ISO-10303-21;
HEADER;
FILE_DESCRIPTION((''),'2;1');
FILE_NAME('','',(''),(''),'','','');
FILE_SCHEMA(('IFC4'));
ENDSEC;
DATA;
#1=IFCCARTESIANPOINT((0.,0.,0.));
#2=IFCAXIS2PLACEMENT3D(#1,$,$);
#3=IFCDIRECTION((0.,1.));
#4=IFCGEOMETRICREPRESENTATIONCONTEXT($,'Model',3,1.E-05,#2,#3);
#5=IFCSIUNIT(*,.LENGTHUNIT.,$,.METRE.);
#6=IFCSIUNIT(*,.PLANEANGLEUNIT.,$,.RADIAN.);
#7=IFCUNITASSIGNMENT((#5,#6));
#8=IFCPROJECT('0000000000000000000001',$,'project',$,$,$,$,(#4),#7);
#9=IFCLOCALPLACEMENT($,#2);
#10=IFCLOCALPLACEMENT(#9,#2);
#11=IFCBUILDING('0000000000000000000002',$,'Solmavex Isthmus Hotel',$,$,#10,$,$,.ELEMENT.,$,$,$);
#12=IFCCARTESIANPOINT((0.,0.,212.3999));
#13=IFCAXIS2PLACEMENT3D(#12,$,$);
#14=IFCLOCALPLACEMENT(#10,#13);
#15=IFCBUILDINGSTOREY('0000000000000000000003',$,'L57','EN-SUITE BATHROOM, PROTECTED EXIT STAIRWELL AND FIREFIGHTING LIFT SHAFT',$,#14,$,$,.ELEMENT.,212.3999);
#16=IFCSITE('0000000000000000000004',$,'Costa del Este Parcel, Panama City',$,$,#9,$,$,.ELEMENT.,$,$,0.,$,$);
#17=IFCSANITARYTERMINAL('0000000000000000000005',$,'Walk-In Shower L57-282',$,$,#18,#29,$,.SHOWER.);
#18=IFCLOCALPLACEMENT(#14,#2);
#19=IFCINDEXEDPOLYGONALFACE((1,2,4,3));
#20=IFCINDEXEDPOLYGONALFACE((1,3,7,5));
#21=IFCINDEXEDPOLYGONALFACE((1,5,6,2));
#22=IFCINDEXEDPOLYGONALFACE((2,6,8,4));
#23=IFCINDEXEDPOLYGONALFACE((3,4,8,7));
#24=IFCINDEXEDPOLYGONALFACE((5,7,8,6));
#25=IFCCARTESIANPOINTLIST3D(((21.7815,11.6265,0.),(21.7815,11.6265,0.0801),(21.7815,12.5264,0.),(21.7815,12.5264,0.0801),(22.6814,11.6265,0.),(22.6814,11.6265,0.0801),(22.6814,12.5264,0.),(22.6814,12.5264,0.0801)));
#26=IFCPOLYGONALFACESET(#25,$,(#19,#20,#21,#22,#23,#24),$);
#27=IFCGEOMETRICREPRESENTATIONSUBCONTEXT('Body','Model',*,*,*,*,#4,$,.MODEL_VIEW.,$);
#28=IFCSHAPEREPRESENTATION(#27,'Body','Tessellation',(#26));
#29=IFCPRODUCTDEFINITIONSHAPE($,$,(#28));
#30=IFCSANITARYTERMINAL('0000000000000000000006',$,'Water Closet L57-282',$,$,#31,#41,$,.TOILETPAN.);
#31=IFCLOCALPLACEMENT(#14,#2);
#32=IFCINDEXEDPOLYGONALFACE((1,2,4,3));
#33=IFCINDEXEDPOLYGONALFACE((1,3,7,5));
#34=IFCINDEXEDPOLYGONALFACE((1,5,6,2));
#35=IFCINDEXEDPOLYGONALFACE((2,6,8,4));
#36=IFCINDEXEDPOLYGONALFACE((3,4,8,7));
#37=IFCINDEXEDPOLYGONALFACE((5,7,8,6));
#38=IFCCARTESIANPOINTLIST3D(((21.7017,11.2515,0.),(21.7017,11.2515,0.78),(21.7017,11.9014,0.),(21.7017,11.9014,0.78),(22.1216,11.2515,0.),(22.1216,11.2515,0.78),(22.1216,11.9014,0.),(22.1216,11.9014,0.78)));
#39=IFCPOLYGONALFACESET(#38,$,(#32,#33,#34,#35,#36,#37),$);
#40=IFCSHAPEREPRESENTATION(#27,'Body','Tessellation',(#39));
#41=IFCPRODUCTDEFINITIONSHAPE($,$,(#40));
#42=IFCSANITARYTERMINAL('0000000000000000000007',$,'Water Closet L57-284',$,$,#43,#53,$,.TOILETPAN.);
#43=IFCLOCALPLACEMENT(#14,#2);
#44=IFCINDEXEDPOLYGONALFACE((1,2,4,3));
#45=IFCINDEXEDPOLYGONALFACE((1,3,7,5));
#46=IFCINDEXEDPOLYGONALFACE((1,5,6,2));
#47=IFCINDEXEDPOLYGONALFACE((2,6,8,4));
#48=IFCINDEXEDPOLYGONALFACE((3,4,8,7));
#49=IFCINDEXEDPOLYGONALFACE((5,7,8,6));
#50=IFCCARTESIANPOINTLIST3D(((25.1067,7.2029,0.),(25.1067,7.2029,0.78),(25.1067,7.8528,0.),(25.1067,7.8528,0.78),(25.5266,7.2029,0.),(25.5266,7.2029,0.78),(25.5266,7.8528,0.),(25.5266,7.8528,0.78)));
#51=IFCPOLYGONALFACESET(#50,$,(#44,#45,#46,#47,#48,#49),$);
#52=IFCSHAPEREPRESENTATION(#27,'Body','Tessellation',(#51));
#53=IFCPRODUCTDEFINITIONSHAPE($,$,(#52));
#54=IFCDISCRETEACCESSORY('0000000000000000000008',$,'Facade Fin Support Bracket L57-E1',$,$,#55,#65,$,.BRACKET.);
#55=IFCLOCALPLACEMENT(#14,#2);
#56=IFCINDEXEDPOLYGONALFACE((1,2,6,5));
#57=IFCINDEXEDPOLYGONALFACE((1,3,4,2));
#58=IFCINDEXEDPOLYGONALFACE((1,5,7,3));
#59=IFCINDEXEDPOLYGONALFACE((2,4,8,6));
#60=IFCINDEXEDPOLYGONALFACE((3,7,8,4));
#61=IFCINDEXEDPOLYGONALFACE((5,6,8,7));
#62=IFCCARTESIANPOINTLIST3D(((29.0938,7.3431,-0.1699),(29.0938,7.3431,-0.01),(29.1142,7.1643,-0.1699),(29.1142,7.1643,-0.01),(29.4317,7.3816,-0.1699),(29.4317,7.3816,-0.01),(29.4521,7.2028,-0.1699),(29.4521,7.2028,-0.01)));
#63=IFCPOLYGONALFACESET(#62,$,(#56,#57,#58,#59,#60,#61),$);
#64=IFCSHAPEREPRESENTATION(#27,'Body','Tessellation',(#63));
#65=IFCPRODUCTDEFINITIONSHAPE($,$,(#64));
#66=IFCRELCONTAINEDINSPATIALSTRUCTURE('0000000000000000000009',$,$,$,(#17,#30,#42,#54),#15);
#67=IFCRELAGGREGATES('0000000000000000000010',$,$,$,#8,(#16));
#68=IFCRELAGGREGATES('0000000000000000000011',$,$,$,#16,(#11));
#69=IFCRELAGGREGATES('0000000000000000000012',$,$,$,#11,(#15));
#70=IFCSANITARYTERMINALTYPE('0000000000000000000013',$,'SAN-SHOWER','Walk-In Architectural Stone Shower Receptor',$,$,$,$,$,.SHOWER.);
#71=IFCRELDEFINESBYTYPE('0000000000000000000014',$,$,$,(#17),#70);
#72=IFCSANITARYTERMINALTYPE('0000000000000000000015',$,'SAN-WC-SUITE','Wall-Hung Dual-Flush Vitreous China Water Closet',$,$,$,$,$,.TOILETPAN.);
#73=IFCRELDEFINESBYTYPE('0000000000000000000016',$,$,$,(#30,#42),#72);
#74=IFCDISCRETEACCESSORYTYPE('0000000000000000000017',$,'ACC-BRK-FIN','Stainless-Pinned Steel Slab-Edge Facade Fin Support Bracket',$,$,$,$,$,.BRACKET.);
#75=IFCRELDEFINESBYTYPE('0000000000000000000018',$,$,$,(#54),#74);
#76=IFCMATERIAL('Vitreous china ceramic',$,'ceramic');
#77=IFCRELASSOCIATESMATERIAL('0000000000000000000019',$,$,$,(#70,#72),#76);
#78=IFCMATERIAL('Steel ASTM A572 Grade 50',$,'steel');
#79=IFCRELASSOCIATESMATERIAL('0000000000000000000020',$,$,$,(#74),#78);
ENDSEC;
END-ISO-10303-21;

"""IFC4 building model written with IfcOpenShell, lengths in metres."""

from ifc_helpers import new_model, si_unit, direction, frame, origin, origin_2d, place, context, subcontext, project, spatial, rectangle, extrude, material, type_object, element, save


model = new_model("IFC4")

# Units and contexts
model_context = context("Model", 3, precision=1e-05, world=origin(), true_north=direction((0.0, 1.0)))
body_context = subcontext(model_context, "Body", "Model", "MODEL_VIEW")
ifc_project = project(units=[si_unit("LENGTHUNIT", "METRE"), si_unit("PLANEANGLEUNIT", "RADIAN")], contexts=[model_context])

# Site, building, storey
site_placement = place(None, origin())
site = spatial("IfcSite", under=ifc_project, at=site_placement, Name="Costa del Este Parcel, Panama City", CompositionType="ELEMENT", RefElevation=0.0)
building_placement = place(site_placement, origin())
building = spatial("IfcBuilding", under=site, at=building_placement, Name="Solmavex Isthmus Hotel", CompositionType="ELEMENT")
storey_placement = place(building_placement, frame((0.0, 0.0, 212.3999)))
storey = spatial("IfcBuildingStorey", under=building, at=storey_placement, Name="L57", Description="EN-SUITE BATHROOM, PROTECTED EXIT STAIRWELL AND FIREFIGHTING LIFT SHAFT", CompositionType="ELEMENT", Elevation=212.3999)

# Sanitary terminals
ifc_material_1 = material(Name="Vitreous china ceramic", Category="ceramic")
sanitary_terminal_type_1 = type_object("IfcSanitaryTerminalType", Name="SAN-SHOWER", Description="Walk-In Architectural Stone Shower Receptor", PredefinedType="SHOWER", material=ifc_material_1)
sanitary_terminal_placement = place(storey_placement, frame((22.2314, 12.0764, 0.0), z_axis=(0.0, 0.0, 1.0), x_axis=(1.0, 0.0, 0.0)))
element("IfcSanitaryTerminal", 1, at=sanitary_terminal_placement, inside=storey, type_object=sanitary_terminal_type_1, Name="Walk-In Shower L57-282", PredefinedType="SHOWER", context=body_context, shape_type="SweptSolid", body=[
    extrude(rectangle(XDim=0.8999, YDim=0.8999, at=origin_2d()), origin(), (0.0, 0.0, 1.0), 0.0801),
])
sanitary_terminal_type_2 = type_object("IfcSanitaryTerminalType", Name="SAN-WC-SUITE", Description="Wall-Hung Dual-Flush Vitreous China Water Closet", PredefinedType="TOILETPAN", material=ifc_material_1)
for number, where, z_axis, x_axis, name in (
    (2, (21.9116, 11.5764, 0.0), (0.0, 0.0, 1.0), (1.0, 0.0, 0.0), "Water Closet L57-282"),
    (3, (25.3167, 7.5278, 0.0), (0.0, 0.0, 1.0), (1.0, 0.0, 0.0), "Water Closet L57-284"),
):
    element("IfcSanitaryTerminal", number, at=place(storey_placement, frame(where, z_axis=z_axis, x_axis=x_axis)), inside=storey, type_object=sanitary_terminal_type_2, Name=name, PredefinedType="TOILETPAN", context=body_context, shape_type="SweptSolid", body=[
        extrude(rectangle(XDim=0.4199, YDim=0.6499, at=origin_2d()), origin(), (0.0, 0.0, 1.0), 0.78),
    ])

# Discrete accessory
ifc_material_2 = material(Name="Steel ASTM A572 Grade 50", Category="steel")
discrete_accessory_type = type_object("IfcDiscreteAccessoryType", Name="ACC-BRK-FIN", Description="Stainless-Pinned Steel Slab-Edge Facade Fin Support Bracket", PredefinedType="BRACKET", material=ifc_material_2)
discrete_accessory_placement = place(storey_placement, frame((29.2729, 7.2729, -0.1699), z_axis=(0.0, 0.0, 1.0), x_axis=(0.993572, 0.113203, 0.0)))
element("IfcDiscreteAccessory", 4, at=discrete_accessory_placement, inside=storey, type_object=discrete_accessory_type, Name="Facade Fin Support Bracket L57-E1", PredefinedType="BRACKET", context=body_context, shape_type="SweptSolid", body=[
    extrude(rectangle(XDim=0.3401, YDim=0.1799, at=origin_2d()), origin(), (0.0, 0.0, 1.0), 0.1599),
])

save(model, "model.ifc")
